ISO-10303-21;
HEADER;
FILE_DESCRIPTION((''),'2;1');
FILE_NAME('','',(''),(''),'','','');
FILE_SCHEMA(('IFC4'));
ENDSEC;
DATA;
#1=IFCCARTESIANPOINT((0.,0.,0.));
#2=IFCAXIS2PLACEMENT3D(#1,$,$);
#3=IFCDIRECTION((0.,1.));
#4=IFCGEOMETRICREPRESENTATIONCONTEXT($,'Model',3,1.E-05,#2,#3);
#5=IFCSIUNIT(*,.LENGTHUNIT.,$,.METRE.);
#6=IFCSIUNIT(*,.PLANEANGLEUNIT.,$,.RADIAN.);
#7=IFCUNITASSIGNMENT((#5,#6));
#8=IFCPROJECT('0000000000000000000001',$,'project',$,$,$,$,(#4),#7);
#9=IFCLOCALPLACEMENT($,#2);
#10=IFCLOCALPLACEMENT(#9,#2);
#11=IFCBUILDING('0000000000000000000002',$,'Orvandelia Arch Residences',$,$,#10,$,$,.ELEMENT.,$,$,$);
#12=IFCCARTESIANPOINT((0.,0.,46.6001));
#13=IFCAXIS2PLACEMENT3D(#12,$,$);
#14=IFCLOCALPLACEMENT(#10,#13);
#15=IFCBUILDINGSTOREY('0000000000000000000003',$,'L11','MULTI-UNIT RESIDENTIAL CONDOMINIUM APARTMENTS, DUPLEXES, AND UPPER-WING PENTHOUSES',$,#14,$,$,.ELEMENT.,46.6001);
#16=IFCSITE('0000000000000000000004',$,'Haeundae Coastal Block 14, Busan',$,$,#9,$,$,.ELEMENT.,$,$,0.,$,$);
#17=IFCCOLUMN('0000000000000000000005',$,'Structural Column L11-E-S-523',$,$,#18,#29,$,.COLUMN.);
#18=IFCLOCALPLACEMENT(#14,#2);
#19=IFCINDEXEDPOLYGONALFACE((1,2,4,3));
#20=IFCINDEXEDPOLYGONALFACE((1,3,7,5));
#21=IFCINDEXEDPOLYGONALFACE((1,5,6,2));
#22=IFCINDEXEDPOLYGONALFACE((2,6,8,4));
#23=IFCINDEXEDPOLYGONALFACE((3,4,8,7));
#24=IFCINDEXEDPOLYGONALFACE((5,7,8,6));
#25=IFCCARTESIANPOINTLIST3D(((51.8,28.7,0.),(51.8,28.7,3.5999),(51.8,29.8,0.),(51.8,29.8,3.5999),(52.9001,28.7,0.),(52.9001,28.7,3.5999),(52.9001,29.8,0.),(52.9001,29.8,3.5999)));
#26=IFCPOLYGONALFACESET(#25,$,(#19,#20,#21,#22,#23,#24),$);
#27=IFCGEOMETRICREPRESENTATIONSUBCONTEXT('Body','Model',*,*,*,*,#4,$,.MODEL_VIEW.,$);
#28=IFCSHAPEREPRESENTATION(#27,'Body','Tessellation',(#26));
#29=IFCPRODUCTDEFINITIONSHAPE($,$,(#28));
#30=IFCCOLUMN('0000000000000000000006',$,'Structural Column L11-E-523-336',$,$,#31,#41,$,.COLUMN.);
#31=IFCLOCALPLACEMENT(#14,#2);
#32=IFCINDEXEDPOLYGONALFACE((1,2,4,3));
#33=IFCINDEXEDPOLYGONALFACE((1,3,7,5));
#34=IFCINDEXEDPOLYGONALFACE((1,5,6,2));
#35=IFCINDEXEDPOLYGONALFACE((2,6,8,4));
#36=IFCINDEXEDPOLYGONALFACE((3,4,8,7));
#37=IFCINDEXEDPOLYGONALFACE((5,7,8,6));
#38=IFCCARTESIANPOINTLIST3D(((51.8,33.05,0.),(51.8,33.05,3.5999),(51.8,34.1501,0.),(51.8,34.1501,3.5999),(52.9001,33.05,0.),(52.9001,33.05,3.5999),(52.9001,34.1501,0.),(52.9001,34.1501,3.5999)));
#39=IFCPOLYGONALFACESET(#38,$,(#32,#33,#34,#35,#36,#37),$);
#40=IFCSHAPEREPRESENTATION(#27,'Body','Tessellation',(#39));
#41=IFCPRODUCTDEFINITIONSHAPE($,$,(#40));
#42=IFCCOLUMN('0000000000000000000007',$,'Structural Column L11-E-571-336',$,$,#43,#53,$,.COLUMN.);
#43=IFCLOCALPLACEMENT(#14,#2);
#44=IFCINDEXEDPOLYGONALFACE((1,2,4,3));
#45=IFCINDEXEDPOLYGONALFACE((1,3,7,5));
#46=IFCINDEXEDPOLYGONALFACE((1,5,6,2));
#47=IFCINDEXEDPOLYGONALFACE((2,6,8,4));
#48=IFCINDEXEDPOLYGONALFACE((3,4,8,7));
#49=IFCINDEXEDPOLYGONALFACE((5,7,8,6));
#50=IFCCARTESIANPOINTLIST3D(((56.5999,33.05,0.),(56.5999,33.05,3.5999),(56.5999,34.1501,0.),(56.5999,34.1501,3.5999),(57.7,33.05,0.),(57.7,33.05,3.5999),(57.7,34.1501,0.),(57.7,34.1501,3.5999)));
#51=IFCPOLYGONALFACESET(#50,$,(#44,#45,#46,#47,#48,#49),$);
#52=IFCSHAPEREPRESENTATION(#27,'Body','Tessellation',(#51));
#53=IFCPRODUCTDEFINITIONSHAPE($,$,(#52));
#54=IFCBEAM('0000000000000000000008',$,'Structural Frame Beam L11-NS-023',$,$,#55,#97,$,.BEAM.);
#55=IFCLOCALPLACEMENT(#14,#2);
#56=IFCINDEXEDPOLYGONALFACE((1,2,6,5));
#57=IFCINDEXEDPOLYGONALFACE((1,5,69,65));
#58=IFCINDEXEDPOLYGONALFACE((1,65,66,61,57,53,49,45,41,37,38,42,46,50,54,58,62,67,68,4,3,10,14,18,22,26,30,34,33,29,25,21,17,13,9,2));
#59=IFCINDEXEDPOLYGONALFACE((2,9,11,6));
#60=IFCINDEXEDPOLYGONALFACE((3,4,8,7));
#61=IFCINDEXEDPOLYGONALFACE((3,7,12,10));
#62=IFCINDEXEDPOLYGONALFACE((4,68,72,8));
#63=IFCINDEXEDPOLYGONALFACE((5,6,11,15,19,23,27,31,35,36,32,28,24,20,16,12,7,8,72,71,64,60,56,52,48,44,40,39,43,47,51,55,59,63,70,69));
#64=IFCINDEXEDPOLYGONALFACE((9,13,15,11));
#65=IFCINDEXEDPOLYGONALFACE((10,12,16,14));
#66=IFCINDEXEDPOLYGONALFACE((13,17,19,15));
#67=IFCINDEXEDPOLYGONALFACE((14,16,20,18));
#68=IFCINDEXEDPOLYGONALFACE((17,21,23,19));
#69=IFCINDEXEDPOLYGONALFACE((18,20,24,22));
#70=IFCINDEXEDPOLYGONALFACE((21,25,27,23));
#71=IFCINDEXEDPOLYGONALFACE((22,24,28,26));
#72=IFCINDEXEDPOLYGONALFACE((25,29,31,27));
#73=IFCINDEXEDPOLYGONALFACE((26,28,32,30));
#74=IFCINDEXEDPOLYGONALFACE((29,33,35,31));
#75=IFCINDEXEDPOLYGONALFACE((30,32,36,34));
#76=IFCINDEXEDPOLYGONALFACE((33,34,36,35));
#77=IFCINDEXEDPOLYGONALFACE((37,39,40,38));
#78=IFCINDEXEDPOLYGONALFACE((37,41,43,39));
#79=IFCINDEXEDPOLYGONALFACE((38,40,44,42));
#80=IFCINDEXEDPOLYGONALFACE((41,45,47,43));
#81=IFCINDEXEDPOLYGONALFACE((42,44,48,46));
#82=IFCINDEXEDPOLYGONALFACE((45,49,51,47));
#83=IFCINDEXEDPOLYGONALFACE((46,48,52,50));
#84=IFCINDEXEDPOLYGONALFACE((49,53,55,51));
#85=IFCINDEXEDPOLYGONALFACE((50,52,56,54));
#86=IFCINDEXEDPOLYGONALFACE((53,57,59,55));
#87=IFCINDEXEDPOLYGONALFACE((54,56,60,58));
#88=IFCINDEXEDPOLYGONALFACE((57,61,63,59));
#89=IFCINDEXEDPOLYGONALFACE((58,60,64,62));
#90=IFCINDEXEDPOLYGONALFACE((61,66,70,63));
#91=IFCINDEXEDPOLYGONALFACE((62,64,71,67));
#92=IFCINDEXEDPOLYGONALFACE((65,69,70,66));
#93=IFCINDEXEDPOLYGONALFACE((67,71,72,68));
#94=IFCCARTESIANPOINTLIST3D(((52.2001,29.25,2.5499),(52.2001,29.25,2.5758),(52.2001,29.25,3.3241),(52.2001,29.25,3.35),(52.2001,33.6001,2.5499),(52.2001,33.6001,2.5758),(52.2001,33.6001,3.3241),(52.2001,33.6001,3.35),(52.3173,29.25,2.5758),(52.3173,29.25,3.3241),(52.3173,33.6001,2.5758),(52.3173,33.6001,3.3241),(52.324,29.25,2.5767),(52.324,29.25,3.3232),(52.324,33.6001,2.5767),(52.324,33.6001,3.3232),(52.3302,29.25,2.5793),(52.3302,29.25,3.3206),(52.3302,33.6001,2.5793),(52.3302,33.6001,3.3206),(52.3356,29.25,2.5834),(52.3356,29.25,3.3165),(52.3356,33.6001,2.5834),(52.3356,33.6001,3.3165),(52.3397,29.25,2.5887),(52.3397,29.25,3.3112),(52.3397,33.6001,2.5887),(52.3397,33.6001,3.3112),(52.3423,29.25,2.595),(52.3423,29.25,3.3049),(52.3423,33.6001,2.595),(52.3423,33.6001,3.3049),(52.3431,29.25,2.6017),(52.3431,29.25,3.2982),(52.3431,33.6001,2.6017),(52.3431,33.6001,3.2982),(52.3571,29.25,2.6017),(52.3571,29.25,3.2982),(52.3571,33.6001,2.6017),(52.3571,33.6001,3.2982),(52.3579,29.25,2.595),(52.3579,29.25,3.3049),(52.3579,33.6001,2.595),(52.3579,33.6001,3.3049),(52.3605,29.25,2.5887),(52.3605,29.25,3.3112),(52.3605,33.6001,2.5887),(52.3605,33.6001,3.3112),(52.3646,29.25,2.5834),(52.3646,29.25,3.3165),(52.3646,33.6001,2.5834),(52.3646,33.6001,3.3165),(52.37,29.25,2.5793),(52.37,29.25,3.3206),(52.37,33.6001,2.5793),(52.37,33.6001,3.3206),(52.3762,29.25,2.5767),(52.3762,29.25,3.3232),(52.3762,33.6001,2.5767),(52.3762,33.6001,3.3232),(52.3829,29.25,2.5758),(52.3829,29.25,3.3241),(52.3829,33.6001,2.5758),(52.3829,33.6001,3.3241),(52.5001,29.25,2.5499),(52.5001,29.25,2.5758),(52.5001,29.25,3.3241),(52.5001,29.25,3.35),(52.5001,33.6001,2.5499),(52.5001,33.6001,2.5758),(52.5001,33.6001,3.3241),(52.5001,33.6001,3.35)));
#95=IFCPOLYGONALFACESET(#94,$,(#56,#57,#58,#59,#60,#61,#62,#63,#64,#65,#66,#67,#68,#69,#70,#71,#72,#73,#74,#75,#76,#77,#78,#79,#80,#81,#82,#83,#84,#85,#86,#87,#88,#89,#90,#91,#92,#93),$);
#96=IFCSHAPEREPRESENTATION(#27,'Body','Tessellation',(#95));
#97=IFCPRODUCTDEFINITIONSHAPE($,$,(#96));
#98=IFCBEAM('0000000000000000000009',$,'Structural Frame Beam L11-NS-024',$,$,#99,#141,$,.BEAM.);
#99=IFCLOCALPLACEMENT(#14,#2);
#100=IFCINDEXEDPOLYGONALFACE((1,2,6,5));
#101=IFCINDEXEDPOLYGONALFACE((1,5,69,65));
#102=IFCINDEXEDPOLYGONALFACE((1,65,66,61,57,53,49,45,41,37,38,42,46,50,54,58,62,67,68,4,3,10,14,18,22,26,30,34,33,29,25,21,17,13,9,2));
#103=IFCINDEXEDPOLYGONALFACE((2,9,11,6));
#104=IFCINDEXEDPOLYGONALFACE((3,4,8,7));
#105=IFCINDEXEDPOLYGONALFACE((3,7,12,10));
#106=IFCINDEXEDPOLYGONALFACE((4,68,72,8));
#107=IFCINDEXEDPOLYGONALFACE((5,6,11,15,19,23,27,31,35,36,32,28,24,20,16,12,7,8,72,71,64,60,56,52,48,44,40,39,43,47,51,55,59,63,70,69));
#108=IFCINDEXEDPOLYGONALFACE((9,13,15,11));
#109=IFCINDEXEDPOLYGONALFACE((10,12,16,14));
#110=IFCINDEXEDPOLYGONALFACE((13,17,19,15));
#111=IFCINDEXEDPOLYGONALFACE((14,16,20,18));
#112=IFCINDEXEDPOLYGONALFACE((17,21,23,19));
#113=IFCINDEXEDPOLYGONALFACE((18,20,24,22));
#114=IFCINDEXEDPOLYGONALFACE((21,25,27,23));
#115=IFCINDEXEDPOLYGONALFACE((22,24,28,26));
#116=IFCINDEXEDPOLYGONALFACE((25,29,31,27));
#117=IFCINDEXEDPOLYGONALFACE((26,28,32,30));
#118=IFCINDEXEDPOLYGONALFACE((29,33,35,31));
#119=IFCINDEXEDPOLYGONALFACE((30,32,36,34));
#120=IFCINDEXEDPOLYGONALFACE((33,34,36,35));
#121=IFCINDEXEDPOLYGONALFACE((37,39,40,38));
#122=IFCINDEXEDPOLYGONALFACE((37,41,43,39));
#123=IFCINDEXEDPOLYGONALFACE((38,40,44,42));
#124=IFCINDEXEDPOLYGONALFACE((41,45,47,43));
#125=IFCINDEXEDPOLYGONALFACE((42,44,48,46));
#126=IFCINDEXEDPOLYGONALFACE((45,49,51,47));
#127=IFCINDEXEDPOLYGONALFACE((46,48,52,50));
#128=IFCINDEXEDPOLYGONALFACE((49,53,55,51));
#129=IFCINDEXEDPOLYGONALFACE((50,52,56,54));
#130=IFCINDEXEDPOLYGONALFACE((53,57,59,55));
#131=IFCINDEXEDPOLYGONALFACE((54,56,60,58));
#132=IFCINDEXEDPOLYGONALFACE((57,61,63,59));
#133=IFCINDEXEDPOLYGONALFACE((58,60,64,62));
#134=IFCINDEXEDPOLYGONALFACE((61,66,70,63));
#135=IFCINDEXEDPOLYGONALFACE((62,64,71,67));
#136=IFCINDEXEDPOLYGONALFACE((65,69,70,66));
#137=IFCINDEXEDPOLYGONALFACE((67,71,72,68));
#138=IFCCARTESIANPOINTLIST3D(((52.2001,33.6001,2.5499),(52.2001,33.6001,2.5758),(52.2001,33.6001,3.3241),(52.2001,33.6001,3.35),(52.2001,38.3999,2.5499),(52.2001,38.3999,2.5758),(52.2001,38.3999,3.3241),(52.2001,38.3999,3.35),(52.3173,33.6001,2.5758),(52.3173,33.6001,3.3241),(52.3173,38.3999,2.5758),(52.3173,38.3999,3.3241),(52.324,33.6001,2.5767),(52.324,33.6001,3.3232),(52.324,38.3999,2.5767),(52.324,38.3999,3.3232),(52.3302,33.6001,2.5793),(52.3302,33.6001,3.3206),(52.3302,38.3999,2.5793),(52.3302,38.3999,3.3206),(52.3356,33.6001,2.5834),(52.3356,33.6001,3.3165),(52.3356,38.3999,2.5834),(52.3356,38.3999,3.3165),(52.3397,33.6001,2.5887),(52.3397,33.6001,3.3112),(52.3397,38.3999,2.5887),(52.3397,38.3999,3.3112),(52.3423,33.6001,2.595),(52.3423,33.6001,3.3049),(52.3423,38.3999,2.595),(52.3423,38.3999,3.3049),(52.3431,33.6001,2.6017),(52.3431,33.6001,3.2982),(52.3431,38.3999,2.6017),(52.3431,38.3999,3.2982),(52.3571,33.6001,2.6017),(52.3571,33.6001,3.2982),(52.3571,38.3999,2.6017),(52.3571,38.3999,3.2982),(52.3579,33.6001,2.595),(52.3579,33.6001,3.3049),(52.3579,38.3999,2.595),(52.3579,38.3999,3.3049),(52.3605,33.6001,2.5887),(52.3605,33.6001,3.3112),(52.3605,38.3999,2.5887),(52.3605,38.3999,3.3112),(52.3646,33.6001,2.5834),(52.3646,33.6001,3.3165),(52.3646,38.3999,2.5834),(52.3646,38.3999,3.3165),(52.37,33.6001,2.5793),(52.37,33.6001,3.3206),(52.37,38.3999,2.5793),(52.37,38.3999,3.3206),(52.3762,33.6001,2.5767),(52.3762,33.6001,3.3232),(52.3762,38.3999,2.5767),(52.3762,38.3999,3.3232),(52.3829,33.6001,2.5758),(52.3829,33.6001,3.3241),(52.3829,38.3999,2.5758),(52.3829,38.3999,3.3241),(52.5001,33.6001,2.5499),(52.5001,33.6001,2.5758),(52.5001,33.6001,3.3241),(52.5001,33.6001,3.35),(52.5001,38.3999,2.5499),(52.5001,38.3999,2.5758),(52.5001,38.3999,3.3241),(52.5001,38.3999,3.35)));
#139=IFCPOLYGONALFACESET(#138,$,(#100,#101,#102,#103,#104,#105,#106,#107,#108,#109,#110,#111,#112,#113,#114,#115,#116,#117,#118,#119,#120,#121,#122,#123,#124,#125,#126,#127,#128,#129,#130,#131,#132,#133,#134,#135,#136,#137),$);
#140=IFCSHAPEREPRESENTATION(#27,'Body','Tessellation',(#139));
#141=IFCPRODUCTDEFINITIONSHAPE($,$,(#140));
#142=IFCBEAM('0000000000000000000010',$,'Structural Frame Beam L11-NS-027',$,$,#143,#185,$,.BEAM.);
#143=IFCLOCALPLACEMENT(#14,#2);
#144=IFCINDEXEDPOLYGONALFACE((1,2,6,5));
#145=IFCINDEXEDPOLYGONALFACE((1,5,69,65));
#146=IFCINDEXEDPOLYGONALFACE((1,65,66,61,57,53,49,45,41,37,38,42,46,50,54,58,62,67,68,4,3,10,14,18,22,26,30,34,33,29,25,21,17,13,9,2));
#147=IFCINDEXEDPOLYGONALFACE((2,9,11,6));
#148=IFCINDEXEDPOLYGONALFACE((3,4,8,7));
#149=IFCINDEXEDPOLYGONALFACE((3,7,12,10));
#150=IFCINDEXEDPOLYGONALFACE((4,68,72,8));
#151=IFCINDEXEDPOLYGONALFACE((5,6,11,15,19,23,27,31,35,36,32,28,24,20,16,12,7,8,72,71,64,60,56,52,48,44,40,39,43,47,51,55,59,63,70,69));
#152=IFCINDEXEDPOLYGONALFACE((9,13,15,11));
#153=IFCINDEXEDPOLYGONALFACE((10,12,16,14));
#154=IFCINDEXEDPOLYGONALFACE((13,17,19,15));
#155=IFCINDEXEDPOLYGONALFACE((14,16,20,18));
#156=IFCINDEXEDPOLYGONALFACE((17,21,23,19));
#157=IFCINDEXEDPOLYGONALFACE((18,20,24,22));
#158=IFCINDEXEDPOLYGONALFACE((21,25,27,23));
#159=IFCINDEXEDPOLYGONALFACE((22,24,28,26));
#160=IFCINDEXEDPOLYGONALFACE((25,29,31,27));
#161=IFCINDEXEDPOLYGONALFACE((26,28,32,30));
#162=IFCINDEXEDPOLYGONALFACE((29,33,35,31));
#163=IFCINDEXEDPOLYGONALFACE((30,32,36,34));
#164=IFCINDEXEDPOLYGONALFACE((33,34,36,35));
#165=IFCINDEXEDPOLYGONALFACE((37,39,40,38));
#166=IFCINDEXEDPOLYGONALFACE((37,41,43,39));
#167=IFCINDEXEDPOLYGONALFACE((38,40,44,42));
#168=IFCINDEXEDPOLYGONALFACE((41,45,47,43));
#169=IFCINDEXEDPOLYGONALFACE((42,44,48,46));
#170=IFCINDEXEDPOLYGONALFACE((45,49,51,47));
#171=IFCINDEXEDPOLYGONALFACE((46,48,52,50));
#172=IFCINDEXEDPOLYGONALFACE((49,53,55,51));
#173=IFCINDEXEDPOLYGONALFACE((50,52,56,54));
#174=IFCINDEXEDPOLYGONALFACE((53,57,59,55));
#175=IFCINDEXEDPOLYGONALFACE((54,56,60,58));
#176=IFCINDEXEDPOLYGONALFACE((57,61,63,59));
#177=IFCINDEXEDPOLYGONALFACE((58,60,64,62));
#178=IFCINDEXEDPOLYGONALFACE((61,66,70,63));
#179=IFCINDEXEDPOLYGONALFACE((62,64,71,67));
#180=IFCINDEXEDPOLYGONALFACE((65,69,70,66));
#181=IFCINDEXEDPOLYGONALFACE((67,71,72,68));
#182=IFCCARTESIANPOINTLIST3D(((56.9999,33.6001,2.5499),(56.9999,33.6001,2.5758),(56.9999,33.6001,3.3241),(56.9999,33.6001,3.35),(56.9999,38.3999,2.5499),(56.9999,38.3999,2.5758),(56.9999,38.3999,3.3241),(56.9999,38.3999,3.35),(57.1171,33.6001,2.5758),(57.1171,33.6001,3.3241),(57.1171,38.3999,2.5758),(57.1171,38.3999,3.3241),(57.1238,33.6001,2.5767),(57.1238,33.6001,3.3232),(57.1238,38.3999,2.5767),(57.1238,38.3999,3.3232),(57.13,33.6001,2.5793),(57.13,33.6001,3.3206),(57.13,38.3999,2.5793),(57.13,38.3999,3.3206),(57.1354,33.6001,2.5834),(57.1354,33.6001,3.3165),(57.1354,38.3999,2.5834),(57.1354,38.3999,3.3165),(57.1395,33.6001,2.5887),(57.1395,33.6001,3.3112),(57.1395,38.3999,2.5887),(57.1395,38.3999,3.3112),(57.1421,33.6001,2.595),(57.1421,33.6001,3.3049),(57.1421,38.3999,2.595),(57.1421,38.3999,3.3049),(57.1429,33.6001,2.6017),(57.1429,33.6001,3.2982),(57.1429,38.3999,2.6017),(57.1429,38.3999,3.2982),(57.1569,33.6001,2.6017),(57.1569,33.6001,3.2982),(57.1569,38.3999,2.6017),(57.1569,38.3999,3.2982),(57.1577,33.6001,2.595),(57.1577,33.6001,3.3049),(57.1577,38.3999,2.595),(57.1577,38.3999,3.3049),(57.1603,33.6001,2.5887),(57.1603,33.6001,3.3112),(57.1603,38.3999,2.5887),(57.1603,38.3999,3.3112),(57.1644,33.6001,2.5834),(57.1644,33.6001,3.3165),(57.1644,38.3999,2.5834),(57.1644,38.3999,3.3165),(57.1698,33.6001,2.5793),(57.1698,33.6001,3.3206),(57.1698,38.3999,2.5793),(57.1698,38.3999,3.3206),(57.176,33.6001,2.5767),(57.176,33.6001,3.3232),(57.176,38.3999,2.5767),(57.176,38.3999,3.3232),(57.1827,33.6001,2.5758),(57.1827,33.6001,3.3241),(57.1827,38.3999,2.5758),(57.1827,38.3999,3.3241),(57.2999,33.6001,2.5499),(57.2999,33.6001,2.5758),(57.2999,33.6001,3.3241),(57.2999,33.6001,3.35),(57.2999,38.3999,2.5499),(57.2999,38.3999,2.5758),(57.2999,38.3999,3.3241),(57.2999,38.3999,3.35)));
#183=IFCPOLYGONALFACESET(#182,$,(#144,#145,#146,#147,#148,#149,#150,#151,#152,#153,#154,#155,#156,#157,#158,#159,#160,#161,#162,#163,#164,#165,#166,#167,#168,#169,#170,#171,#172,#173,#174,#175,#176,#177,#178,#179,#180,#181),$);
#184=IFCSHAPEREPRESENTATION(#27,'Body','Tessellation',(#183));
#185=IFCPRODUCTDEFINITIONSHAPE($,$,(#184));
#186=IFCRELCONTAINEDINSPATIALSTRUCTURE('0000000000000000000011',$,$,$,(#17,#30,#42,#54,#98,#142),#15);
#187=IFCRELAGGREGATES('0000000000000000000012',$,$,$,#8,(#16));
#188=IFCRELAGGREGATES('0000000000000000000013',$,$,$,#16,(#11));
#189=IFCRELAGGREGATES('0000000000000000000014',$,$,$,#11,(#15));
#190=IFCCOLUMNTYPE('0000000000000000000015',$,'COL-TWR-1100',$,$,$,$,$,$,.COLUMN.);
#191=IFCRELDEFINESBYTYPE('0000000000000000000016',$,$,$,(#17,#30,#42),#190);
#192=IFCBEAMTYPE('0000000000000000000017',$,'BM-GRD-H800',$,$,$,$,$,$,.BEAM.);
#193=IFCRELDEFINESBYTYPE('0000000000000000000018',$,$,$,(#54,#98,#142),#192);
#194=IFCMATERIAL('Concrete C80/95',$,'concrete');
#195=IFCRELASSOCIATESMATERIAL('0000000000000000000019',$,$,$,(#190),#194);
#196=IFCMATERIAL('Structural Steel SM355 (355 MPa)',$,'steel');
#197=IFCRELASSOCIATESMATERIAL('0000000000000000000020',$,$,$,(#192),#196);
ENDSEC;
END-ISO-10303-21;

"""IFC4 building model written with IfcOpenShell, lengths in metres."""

from ifc_helpers import new_model, si_unit, direction, frame, origin, origin_2d, place, context, subcontext, project, spatial, rectangle, i_section, extrude, material, material_profile, profile_set, type_object, element, save


model = new_model("IFC4")

# Units and contexts
model_context = context("Model", 3, precision=1e-05, world=origin(), true_north=direction((0.0, 1.0)))
body_context = subcontext(model_context, "Body", "Model", "MODEL_VIEW")
ifc_project = project(units=[si_unit("LENGTHUNIT", "METRE"), si_unit("PLANEANGLEUNIT", "RADIAN")], contexts=[model_context])

# Site, building, storey
site_placement = place(None, origin())
site = spatial("IfcSite", under=ifc_project, at=site_placement, Name="Haeundae Coastal Block 14, Busan", CompositionType="ELEMENT", RefElevation=0.0)
building_placement = place(site_placement, origin())
building = spatial("IfcBuilding", under=site, at=building_placement, Name="Orvandelia Arch Residences", CompositionType="ELEMENT")
storey_placement = place(building_placement, frame((0.0, 0.0, 46.6001)))
storey = spatial("IfcBuildingStorey", under=building, at=storey_placement, Name="L11", Description="MULTI-UNIT RESIDENTIAL CONDOMINIUM APARTMENTS, DUPLEXES, AND UPPER-WING PENTHOUSES", CompositionType="ELEMENT", Elevation=46.6001)

# Columns
ifc_material_1 = material(Name="Concrete C80/95", Category="concrete")
ifc_material_profile_1 = material_profile(ifc_material_1, rectangle(XDim=1.1001, YDim=1.1001, at=origin_2d()), Name="Concrete C80/95", Category="concrete")
ifc_profile_set_1 = profile_set([ifc_material_profile_1], Name="Concrete C80/95")
column_type = type_object("IfcColumnType", Name="COL-TWR-1100", PredefinedType="COLUMN", material=ifc_profile_set_1)
for number, where, z_axis, x_axis, name in (
    (1, (52.3501, 29.25, 0.0), (0.0, 0.0, 1.0), (1.0, 0.0, 0.0), "Structural Column L11-E-S-523"),
    (2, (52.3501, 33.6001, 0.0), (0.0, 0.0, 1.0), (1.0, 0.0, 0.0), "Structural Column L11-E-523-336"),
    (3, (57.1499, 33.6001, 0.0), (0.0, 0.0, 1.0), (1.0, 0.0, 0.0), "Structural Column L11-E-571-336"),
):
    element("IfcColumn", number, at=place(storey_placement, frame(where, z_axis=z_axis, x_axis=x_axis)), inside=storey, type_object=column_type, Name=name, PredefinedType="COLUMN", context=body_context, shape_type="SweptSolid", body=[
        extrude(rectangle(XDim=1.1001, YDim=1.1001, at=origin_2d()), origin(), (0.0, 0.0, 1.0), 3.5999),
    ])

# Beams
ifc_material_2 = material(Name="Structural Steel SM355 (355 MPa)", Category="steel")
ifc_material_profile_2 = material_profile(ifc_material_2, i_section(OverallWidth=0.3, OverallDepth=0.8, WebThickness=0.0139, FlangeThickness=0.0259, FilletRadius=0.0259, at=origin_2d()), Name="Structural Steel SM355 (355 MPa)", Category="steel")
ifc_profile_set_2 = profile_set([ifc_material_profile_2], Name="Structural Steel SM355 (355 MPa)")
beam_type = type_object("IfcBeamType", Name="BM-GRD-H800", PredefinedType="BEAM", material=ifc_profile_set_2)
beam_placement = place(storey_placement, frame((52.3501, 29.25, 2.95), z_axis=(0.0, 1.0, 0.0), x_axis=(-1.0, 0.0, 0.0)))
element("IfcBeam", 4, at=beam_placement, inside=storey, type_object=beam_type, Name="Structural Frame Beam L11-NS-023", PredefinedType="BEAM", context=body_context, shape_type="SweptSolid", body=[
    extrude(i_section(OverallWidth=0.3, OverallDepth=0.8, WebThickness=0.0139, FlangeThickness=0.0259, FilletRadius=0.0259, at=origin_2d()), origin(), (0.0, 0.0, 1.0), 4.3501),
])
for number, where, z_axis, x_axis, name in (
    (5, (52.3501, 33.6001, 2.95), (0.0, 1.0, 0.0), (-1.0, 0.0, 0.0), "Structural Frame Beam L11-NS-024"),
    (6, (57.1499, 33.6001, 2.95), (0.0, 1.0, 0.0), (-1.0, 0.0, 0.0), "Structural Frame Beam L11-NS-027"),
):
    element("IfcBeam", number, at=place(storey_placement, frame(where, z_axis=z_axis, x_axis=x_axis)), inside=storey, type_object=beam_type, Name=name, PredefinedType="BEAM", context=body_context, shape_type="SweptSolid", body=[
        extrude(i_section(OverallWidth=0.3, OverallDepth=0.8, WebThickness=0.0139, FlangeThickness=0.0259, FilletRadius=0.0259, at=origin_2d()), origin(), (0.0, 0.0, 1.0), 4.7998),
    ])

save(model, "model.ifc")
